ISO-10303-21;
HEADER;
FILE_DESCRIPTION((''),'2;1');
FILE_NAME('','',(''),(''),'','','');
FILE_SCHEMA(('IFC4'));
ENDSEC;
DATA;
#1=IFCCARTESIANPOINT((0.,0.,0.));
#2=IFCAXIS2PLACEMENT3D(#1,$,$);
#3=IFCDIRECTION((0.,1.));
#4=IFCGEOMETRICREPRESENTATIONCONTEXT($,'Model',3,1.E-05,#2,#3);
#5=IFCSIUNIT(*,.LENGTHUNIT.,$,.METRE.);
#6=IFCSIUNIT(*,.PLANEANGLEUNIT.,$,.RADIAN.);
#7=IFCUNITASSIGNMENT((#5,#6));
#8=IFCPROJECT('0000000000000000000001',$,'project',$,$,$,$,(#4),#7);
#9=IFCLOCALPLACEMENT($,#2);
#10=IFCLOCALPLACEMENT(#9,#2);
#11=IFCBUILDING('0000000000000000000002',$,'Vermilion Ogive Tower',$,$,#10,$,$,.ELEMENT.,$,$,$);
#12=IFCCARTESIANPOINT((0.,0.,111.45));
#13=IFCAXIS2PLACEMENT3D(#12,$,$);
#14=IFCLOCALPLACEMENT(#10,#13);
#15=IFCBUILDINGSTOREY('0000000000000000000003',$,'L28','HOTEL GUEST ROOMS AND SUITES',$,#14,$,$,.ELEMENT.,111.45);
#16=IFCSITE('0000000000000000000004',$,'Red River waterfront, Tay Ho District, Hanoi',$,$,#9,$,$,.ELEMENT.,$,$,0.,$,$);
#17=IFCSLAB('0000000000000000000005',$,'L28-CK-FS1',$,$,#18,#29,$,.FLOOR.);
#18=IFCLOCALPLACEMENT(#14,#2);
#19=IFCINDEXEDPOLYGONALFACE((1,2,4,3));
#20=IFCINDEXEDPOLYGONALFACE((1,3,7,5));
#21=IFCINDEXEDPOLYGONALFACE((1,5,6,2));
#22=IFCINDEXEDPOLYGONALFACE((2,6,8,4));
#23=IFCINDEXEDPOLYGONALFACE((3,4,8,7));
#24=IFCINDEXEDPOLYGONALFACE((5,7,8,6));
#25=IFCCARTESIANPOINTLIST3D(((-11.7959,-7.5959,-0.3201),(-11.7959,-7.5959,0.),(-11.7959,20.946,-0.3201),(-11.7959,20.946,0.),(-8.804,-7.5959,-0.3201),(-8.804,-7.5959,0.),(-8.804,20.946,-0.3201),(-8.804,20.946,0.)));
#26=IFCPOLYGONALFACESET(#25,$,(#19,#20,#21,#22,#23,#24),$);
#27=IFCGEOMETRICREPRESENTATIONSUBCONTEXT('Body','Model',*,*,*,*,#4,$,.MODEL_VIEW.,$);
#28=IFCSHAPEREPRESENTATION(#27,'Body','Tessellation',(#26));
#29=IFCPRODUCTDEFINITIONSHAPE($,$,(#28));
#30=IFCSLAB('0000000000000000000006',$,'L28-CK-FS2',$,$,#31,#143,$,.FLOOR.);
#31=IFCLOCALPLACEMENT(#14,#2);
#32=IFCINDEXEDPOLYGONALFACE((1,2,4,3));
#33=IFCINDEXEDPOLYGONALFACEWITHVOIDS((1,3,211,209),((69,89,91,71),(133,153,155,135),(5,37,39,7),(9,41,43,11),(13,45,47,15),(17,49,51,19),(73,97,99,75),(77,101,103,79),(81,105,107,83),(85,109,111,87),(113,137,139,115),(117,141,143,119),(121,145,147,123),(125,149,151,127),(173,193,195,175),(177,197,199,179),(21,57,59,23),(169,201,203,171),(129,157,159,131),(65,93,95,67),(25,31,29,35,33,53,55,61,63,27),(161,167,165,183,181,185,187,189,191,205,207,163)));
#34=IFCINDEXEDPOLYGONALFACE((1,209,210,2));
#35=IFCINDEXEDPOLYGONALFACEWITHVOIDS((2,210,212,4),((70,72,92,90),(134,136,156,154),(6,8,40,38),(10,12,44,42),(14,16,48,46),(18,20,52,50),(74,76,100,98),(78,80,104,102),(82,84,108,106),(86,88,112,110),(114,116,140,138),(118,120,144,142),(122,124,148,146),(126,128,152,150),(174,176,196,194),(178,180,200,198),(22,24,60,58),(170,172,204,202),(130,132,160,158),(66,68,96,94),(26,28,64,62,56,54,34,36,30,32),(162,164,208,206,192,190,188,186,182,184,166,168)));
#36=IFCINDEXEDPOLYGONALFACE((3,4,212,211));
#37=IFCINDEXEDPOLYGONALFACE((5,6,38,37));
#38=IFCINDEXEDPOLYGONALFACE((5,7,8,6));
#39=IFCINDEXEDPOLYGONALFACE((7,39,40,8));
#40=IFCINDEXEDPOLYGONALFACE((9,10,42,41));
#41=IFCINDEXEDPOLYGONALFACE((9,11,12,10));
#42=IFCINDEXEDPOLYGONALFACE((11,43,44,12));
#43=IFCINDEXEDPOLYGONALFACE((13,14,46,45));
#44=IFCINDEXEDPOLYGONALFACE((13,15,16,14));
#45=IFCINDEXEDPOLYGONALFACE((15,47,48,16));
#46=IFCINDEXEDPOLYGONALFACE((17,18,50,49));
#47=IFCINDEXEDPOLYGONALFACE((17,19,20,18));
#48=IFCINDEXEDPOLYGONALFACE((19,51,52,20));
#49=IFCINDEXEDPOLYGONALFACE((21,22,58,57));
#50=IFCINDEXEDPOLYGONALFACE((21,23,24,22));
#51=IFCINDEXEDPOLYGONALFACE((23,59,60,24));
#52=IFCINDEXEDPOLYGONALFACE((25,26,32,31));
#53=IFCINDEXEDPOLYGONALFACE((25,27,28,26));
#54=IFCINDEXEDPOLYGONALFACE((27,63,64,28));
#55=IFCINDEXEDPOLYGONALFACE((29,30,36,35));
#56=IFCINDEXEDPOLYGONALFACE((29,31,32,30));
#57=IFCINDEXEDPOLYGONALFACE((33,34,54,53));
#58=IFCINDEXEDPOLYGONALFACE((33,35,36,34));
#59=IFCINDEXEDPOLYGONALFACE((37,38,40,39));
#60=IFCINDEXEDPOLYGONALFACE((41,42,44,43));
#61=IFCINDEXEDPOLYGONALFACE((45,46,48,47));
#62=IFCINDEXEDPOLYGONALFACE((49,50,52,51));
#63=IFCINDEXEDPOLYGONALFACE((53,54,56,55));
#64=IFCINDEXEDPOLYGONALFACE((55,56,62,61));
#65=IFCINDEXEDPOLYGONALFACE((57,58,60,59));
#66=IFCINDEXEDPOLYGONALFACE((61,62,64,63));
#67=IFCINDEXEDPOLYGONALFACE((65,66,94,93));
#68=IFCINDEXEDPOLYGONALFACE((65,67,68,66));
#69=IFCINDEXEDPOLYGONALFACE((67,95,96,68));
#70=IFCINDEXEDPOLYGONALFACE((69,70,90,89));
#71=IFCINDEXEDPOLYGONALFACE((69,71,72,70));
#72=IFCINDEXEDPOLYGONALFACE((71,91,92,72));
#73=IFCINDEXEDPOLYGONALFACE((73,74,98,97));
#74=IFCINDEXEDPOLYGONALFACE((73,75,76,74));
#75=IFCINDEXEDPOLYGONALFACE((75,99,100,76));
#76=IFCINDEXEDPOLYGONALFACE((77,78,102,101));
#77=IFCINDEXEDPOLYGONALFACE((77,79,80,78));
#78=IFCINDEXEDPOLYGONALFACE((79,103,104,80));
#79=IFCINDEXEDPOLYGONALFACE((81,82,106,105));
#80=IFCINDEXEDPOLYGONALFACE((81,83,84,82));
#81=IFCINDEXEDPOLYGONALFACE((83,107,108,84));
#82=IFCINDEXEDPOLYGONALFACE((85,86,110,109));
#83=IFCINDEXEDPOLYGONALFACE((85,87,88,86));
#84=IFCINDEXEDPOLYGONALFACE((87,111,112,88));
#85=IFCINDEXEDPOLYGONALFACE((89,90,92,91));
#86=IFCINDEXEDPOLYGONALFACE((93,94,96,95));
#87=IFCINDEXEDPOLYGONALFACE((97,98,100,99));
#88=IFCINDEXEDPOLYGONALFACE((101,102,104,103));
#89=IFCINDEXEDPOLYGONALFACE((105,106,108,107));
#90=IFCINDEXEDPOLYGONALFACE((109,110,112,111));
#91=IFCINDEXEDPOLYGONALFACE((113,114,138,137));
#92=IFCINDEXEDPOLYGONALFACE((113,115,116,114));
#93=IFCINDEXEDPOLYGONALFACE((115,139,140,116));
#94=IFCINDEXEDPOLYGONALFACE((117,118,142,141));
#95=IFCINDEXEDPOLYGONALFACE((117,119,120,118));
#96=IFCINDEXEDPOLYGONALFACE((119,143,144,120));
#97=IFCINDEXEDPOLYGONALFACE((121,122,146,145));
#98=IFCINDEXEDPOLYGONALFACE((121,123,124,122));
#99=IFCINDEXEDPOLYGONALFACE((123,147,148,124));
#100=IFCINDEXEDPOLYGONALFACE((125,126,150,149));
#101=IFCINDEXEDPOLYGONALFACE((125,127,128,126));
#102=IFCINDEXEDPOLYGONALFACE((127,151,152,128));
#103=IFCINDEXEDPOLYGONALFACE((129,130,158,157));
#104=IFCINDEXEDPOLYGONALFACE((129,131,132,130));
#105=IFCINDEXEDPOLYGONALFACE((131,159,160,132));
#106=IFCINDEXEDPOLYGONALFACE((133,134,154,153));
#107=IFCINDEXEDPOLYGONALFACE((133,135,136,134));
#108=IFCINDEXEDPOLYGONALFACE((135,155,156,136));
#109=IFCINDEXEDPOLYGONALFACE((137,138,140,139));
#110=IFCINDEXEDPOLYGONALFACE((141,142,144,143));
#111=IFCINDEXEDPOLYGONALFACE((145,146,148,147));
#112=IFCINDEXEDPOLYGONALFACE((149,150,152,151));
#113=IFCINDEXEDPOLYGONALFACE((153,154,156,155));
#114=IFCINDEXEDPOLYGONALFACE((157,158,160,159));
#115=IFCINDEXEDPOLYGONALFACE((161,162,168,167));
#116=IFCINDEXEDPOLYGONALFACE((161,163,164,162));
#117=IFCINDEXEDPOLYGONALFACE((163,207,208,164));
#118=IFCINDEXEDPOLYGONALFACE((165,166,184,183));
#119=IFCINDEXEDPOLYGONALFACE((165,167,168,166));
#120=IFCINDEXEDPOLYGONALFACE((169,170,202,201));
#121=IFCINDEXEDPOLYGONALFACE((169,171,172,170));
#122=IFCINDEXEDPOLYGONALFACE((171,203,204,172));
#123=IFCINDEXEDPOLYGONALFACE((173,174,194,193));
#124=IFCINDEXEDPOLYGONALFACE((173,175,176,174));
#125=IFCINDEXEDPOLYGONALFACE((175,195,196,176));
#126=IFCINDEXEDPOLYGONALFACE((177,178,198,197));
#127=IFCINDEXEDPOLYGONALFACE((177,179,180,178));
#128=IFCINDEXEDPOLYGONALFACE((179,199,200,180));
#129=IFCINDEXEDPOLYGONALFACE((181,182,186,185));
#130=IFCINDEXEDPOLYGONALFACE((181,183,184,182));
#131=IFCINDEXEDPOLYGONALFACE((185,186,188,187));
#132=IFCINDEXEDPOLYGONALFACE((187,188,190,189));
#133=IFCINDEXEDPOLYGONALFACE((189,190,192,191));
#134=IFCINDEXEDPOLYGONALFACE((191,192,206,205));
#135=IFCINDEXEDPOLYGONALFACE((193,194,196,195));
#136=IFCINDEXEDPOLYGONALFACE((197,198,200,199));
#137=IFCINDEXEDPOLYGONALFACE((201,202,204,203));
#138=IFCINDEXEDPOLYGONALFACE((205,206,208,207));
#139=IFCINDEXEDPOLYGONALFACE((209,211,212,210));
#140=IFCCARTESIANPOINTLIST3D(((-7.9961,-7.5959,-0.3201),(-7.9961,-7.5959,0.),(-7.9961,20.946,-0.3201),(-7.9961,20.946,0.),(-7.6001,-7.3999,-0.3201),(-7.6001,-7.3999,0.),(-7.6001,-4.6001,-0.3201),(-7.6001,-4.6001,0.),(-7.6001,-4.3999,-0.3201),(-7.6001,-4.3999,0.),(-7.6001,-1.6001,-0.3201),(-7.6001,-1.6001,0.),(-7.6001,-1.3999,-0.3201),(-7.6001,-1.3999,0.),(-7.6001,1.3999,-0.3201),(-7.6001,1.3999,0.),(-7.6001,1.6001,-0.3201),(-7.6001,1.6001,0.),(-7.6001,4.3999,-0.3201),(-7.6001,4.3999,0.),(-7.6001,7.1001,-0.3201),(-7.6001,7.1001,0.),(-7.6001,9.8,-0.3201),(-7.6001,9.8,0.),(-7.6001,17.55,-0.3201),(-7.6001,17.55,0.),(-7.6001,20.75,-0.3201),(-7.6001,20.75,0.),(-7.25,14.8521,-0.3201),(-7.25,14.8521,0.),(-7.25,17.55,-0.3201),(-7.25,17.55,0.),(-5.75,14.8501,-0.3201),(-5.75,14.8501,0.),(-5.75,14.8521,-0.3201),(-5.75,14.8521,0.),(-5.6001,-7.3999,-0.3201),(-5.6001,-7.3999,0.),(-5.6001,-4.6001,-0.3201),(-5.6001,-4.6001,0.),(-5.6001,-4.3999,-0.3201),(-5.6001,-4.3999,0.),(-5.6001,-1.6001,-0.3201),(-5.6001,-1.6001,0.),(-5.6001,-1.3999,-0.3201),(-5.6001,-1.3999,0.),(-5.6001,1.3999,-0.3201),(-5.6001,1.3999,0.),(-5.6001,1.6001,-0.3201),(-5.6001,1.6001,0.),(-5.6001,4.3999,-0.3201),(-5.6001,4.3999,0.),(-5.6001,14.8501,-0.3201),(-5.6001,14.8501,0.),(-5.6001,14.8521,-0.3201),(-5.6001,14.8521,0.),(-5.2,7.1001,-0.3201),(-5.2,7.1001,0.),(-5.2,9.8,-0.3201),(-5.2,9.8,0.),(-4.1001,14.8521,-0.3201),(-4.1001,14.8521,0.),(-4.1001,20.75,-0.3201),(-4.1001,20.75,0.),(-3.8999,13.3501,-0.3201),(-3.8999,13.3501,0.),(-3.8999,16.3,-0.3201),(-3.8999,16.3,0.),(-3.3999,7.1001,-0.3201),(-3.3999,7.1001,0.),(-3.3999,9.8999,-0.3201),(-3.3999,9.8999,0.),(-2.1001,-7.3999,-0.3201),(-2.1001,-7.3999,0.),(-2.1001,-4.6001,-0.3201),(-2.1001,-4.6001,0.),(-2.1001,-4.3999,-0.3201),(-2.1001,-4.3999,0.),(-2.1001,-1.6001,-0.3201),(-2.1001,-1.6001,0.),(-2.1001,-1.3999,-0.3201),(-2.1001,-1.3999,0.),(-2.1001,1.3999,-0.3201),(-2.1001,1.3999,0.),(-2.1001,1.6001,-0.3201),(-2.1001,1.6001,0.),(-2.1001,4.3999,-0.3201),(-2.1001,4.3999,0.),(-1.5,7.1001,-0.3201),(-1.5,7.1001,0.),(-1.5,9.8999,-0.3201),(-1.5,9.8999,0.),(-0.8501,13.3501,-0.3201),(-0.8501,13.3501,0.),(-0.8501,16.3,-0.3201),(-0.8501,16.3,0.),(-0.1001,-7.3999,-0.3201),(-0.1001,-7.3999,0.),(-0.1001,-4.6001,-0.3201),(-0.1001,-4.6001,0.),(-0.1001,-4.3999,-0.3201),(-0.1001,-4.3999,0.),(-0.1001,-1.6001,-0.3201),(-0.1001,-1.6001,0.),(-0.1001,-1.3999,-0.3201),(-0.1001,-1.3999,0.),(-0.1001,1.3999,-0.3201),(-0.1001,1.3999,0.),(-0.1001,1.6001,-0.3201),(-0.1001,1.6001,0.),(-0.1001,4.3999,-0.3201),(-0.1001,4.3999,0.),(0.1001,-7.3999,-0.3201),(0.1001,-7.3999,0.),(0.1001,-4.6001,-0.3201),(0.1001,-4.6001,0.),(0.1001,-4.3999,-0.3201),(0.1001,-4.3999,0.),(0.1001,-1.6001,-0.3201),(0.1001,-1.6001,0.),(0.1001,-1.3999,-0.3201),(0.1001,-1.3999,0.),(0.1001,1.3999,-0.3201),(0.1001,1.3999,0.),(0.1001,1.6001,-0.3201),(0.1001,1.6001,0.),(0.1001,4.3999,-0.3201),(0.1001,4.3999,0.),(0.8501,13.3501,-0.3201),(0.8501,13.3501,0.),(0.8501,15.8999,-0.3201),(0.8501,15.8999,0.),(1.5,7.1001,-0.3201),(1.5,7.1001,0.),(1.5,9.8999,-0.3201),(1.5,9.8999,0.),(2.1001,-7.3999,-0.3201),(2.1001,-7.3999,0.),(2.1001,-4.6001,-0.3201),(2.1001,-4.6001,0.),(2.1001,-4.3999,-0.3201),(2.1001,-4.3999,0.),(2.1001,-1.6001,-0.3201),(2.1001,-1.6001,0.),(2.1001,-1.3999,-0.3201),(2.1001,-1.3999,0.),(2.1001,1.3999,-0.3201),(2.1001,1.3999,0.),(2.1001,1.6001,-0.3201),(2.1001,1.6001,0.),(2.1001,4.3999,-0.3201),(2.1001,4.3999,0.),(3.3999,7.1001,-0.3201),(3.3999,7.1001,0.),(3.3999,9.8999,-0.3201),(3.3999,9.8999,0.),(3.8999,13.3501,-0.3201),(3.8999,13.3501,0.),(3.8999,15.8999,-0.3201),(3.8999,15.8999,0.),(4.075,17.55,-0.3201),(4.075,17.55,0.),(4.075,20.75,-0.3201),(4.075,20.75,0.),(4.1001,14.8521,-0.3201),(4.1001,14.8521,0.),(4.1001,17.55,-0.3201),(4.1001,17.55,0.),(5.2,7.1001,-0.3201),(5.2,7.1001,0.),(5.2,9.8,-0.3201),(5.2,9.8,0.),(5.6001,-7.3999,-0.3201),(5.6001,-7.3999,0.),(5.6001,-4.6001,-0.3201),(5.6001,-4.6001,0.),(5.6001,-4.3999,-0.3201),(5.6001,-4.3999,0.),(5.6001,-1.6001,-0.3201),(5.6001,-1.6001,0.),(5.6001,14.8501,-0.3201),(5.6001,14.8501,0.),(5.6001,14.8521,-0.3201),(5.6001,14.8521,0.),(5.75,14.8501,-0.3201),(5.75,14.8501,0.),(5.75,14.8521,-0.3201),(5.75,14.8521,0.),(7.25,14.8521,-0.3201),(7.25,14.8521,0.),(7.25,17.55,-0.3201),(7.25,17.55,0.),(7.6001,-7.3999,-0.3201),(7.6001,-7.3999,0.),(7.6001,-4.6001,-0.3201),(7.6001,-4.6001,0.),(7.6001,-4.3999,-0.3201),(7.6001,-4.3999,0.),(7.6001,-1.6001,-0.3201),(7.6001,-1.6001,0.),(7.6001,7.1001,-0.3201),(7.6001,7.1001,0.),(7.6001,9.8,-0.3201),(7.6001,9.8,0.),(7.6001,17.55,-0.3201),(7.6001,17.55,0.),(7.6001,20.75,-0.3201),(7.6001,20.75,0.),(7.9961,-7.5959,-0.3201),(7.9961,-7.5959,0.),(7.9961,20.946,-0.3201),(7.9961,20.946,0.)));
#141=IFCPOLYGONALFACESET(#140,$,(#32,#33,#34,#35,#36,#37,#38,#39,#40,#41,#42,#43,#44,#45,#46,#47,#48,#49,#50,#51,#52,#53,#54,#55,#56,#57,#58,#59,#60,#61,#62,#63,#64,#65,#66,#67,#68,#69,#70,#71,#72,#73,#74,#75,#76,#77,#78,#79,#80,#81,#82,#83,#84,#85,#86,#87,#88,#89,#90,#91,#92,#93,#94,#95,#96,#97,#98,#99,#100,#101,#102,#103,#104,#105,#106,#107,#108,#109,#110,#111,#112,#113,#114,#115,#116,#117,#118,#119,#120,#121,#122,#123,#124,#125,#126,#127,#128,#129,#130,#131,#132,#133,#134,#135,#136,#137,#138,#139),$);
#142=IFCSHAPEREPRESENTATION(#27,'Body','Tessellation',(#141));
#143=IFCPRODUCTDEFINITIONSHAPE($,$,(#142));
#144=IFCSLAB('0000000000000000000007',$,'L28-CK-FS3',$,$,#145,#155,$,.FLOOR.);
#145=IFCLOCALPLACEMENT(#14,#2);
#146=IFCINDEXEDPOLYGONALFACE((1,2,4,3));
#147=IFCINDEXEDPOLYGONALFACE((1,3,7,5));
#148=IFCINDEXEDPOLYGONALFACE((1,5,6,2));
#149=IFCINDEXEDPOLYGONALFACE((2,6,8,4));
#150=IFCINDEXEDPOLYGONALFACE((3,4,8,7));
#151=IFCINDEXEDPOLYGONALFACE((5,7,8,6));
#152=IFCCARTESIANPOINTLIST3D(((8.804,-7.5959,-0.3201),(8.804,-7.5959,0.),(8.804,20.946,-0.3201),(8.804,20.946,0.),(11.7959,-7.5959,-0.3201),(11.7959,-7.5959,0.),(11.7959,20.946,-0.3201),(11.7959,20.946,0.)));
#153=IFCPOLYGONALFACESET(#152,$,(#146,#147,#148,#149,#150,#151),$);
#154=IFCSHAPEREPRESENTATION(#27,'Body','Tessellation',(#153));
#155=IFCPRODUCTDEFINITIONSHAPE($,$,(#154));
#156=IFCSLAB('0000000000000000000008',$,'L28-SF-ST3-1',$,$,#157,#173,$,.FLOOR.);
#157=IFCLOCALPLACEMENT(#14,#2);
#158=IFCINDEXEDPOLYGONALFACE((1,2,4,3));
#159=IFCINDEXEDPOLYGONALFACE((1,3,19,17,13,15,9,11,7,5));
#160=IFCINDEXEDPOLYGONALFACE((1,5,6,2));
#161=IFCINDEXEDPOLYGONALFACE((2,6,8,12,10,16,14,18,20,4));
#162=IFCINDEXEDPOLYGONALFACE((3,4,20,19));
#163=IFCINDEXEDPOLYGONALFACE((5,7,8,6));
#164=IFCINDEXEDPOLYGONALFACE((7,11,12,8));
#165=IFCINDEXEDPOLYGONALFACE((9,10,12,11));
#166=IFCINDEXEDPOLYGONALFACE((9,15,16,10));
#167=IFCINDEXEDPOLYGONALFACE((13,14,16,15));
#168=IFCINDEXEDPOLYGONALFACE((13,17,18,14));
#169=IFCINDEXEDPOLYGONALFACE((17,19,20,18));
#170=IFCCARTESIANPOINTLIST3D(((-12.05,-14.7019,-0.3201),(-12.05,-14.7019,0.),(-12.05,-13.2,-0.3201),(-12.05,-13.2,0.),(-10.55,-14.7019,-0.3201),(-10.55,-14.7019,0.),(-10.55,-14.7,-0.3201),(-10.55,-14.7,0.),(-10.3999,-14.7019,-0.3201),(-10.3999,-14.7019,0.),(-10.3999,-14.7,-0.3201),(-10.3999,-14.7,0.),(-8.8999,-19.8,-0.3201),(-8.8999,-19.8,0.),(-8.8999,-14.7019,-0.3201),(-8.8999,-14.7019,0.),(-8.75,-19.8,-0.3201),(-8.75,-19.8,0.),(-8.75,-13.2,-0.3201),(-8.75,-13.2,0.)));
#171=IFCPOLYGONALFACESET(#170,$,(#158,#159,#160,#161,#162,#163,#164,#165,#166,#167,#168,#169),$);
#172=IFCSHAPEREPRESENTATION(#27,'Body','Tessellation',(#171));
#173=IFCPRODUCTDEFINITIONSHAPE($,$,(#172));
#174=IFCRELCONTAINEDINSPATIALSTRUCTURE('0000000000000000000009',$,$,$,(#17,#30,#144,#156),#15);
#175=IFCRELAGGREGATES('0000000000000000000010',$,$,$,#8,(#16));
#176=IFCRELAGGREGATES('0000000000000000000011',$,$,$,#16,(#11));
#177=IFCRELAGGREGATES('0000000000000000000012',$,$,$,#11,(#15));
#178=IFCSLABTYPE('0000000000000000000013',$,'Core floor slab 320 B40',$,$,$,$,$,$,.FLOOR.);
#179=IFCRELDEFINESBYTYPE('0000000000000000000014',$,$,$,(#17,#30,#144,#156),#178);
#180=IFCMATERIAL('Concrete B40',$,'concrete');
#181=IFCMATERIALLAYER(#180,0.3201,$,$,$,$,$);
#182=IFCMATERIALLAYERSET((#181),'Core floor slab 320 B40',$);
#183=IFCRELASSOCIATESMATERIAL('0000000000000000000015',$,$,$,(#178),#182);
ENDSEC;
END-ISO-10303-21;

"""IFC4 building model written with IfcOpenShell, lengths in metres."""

from ifc_helpers import new_model, si_unit, direction, frame, origin, place, context, subcontext, project, spatial, polyline, outline, extrude, material, layer, layer_set, type_object, element, save


model = new_model("IFC4")

# Units and contexts
model_context = context("Model", 3, precision=1e-05, world=origin(), true_north=direction((0.0, 1.0)))
body_context = subcontext(model_context, "Body", "Model", "MODEL_VIEW")
ifc_project = project(units=[si_unit("LENGTHUNIT", "METRE"), si_unit("PLANEANGLEUNIT", "RADIAN")], contexts=[model_context])

# Site, building, storey
site_placement = place(None, origin())
site = spatial("IfcSite", under=ifc_project, at=site_placement, Name="Red River waterfront, Tay Ho District, Hanoi", CompositionType="ELEMENT", RefElevation=0.0)
building_placement = place(site_placement, origin())
building = spatial("IfcBuilding", under=site, at=building_placement, Name="Vermilion Ogive Tower", CompositionType="ELEMENT")
storey_placement = place(building_placement, frame((0.0, 0.0, 111.45)))
storey = spatial("IfcBuildingStorey", under=building, at=storey_placement, Name="L28", Description="HOTEL GUEST ROOMS AND SUITES", CompositionType="ELEMENT", Elevation=111.45)

# Slabs
ifc_material_1 = material(Name="Concrete B40", Category="concrete")
ifc_layer_1 = layer(ifc_material_1, 0.3201)
ifc_layer_set_1 = layer_set([ifc_layer_1], Name="Core floor slab 320 B40")
slab_type_1 = type_object("IfcSlabType", Name="Core floor slab 320 B40", PredefinedType="FLOOR", material=ifc_layer_set_1)
slab_1_placement = place(storey_placement, frame((0.0, 0.0, -0.3201)))
element("IfcSlab", 1, at=slab_1_placement, inside=storey, type_object=slab_type_1, Name="L28-CK-FS1", PredefinedType="FLOOR", context=body_context, shape_type="SweptSolid", body=[
    extrude(outline(polyline([(-8.804, 20.946), (-8.804, -7.5959), (-11.7959, -7.5959), (-11.7959, 20.946), (-8.804, 20.946)])), origin(), (0.0, 0.0, 1.0), 0.3201),
])
slab_2_placement = place(storey_placement, frame((0.0, 0.0, -0.3201)))
element("IfcSlab", 2, at=slab_2_placement, inside=storey, type_object=slab_type_1, Name="L28-CK-FS2", PredefinedType="FLOOR", context=body_context, shape_type="SweptSolid", body=[
    extrude(outline(polyline([(-7.9961, 20.946), (-7.9961, -7.5959), (7.9961, -7.5959), (7.9961, 20.946), (-7.9961, 20.946)]), holes=[polyline([(-7.6001, -4.6001), (-5.6001, -4.6001), (-5.6001, -7.3999), (-7.6001, -7.3999), (-7.6001, -4.6001)]), polyline([(-2.1001, -4.6001), (-0.1001, -4.6001), (-0.1001, -7.3999), (-2.1001, -7.3999), (-2.1001, -4.6001)]), polyline([(-7.6001, -4.3999), (-7.6001, -1.6001), (-5.6001, -1.6001), (-5.6001, -4.3999), (-7.6001, -4.3999)]), polyline([(-2.1001, -1.6001), (-0.1001, -1.6001), (-0.1001, -4.3999), (-2.1001, -4.3999), (-2.1001, -1.6001)]), polyline([(-7.6001, -1.3999), (-7.6001, 1.3999), (-5.6001, 1.3999), (-5.6001, -1.3999), (-7.6001, -1.3999)]), polyline([(-2.1001, 1.3999), (-0.1001, 1.3999), (-0.1001, -1.3999), (-2.1001, -1.3999), (-2.1001, 1.3999)]), polyline([(-7.6001, 4.3999), (-5.6001, 4.3999), (-5.6001, 1.6001), (-7.6001, 1.6001), (-7.6001, 4.3999)]), polyline([(-2.1001, 4.3999), (-0.1001, 4.3999), (-0.1001, 1.6001), (-2.1001, 1.6001), (-2.1001, 4.3999)]), polyline([(-7.6001, 9.8), (-5.2, 9.8), (-5.2, 7.1001), (-7.6001, 7.1001), (-7.6001, 9.8)]), polyline([(-3.3999, 9.8999), (-1.5, 9.8999), (-1.5, 7.1001), (-3.3999, 7.1001), (-3.3999, 9.8999)]), polyline([(-3.8999, 16.3), (-0.8501, 16.3), (-0.8501, 13.3501), (-3.8999, 13.3501), (-3.8999, 16.3)]), polyline([(-7.6001, 17.55), (-7.6001, 20.75), (-4.1001, 20.75), (-4.1001, 14.8521), (-5.6001, 14.8521), (-5.6001, 14.8501), (-5.75, 14.8501), (-5.75, 14.8521), (-7.25, 14.8521), (-7.25, 17.55), (-7.6001, 17.55)]), polyline([(0.1001, -4.6001), (2.1001, -4.6001), (2.1001, -7.3999), (0.1001, -7.3999), (0.1001, -4.6001)]), polyline([(5.6001, -4.6001), (7.6001, -4.6001), (7.6001, -7.3999), (5.6001, -7.3999), (5.6001, -4.6001)]), polyline([(0.1001, -1.6001), (2.1001, -1.6001), (2.1001, -4.3999), (0.1001, -4.3999), (0.1001, -1.6001)]), polyline([(5.6001, -1.6001), (7.6001, -1.6001), (7.6001, -4.3999), (5.6001, -4.3999), (5.6001, -1.6001)]), polyline([(0.1001, 1.3999), (2.1001, 1.3999), (2.1001, -1.3999), (0.1001, -1.3999), (0.1001, 1.3999)]), polyline([(0.1001, 4.3999), (2.1001, 4.3999), (2.1001, 1.6001), (0.1001, 1.6001), (0.1001, 4.3999)]), polyline([(5.2, 9.8), (7.6001, 9.8), (7.6001, 7.1001), (5.2, 7.1001), (5.2, 9.8)]), polyline([(1.5, 9.8999), (3.3999, 9.8999), (3.3999, 7.1001), (1.5, 7.1001), (1.5, 9.8999)]), polyline([(0.8501, 15.8999), (3.8999, 15.8999), (3.8999, 13.3501), (0.8501, 13.3501), (0.8501, 15.8999)]), polyline([(5.75, 14.8501), (5.6001, 14.8501), (5.6001, 14.8521), (4.1001, 14.8521), (4.1001, 17.55), (4.075, 17.55), (4.075, 20.75), (7.6001, 20.75), (7.6001, 17.55), (7.25, 17.55), (7.25, 14.8521), (5.75, 14.8521), (5.75, 14.8501)])]), origin(), (0.0, 0.0, 1.0), 0.3201),
])
slab_3_placement = place(storey_placement, frame((0.0, 0.0, -0.3201)))
element("IfcSlab", 3, at=slab_3_placement, inside=storey, type_object=slab_type_1, Name="L28-CK-FS3", PredefinedType="FLOOR", context=body_context, shape_type="SweptSolid", body=[
    extrude(outline(polyline([(11.7959, -7.5959), (8.804, -7.5959), (8.804, 20.946), (11.7959, 20.946), (11.7959, -7.5959)])), origin(), (0.0, 0.0, 1.0), 0.3201),
])
slab_4_placement = place(storey_placement, frame((0.0, 0.0, -0.3201)))
element("IfcSlab", 4, at=slab_4_placement, inside=storey, type_object=slab_type_1, Name="L28-SF-ST3-1", PredefinedType="FLOOR", context=body_context, shape_type="SweptSolid", body=[
    extrude(outline(polyline([(-12.05, -13.2), (-12.05, -14.7019), (-10.55, -14.7019), (-10.55, -14.7), (-10.3999, -14.7), (-10.3999, -14.7019), (-8.8999, -14.7019), (-8.8999, -19.8), (-8.75, -19.8), (-8.75, -13.2), (-12.05, -13.2)])), origin(), (0.0, 0.0, 1.0), 0.3201),
])

save(model, "model.ifc")
